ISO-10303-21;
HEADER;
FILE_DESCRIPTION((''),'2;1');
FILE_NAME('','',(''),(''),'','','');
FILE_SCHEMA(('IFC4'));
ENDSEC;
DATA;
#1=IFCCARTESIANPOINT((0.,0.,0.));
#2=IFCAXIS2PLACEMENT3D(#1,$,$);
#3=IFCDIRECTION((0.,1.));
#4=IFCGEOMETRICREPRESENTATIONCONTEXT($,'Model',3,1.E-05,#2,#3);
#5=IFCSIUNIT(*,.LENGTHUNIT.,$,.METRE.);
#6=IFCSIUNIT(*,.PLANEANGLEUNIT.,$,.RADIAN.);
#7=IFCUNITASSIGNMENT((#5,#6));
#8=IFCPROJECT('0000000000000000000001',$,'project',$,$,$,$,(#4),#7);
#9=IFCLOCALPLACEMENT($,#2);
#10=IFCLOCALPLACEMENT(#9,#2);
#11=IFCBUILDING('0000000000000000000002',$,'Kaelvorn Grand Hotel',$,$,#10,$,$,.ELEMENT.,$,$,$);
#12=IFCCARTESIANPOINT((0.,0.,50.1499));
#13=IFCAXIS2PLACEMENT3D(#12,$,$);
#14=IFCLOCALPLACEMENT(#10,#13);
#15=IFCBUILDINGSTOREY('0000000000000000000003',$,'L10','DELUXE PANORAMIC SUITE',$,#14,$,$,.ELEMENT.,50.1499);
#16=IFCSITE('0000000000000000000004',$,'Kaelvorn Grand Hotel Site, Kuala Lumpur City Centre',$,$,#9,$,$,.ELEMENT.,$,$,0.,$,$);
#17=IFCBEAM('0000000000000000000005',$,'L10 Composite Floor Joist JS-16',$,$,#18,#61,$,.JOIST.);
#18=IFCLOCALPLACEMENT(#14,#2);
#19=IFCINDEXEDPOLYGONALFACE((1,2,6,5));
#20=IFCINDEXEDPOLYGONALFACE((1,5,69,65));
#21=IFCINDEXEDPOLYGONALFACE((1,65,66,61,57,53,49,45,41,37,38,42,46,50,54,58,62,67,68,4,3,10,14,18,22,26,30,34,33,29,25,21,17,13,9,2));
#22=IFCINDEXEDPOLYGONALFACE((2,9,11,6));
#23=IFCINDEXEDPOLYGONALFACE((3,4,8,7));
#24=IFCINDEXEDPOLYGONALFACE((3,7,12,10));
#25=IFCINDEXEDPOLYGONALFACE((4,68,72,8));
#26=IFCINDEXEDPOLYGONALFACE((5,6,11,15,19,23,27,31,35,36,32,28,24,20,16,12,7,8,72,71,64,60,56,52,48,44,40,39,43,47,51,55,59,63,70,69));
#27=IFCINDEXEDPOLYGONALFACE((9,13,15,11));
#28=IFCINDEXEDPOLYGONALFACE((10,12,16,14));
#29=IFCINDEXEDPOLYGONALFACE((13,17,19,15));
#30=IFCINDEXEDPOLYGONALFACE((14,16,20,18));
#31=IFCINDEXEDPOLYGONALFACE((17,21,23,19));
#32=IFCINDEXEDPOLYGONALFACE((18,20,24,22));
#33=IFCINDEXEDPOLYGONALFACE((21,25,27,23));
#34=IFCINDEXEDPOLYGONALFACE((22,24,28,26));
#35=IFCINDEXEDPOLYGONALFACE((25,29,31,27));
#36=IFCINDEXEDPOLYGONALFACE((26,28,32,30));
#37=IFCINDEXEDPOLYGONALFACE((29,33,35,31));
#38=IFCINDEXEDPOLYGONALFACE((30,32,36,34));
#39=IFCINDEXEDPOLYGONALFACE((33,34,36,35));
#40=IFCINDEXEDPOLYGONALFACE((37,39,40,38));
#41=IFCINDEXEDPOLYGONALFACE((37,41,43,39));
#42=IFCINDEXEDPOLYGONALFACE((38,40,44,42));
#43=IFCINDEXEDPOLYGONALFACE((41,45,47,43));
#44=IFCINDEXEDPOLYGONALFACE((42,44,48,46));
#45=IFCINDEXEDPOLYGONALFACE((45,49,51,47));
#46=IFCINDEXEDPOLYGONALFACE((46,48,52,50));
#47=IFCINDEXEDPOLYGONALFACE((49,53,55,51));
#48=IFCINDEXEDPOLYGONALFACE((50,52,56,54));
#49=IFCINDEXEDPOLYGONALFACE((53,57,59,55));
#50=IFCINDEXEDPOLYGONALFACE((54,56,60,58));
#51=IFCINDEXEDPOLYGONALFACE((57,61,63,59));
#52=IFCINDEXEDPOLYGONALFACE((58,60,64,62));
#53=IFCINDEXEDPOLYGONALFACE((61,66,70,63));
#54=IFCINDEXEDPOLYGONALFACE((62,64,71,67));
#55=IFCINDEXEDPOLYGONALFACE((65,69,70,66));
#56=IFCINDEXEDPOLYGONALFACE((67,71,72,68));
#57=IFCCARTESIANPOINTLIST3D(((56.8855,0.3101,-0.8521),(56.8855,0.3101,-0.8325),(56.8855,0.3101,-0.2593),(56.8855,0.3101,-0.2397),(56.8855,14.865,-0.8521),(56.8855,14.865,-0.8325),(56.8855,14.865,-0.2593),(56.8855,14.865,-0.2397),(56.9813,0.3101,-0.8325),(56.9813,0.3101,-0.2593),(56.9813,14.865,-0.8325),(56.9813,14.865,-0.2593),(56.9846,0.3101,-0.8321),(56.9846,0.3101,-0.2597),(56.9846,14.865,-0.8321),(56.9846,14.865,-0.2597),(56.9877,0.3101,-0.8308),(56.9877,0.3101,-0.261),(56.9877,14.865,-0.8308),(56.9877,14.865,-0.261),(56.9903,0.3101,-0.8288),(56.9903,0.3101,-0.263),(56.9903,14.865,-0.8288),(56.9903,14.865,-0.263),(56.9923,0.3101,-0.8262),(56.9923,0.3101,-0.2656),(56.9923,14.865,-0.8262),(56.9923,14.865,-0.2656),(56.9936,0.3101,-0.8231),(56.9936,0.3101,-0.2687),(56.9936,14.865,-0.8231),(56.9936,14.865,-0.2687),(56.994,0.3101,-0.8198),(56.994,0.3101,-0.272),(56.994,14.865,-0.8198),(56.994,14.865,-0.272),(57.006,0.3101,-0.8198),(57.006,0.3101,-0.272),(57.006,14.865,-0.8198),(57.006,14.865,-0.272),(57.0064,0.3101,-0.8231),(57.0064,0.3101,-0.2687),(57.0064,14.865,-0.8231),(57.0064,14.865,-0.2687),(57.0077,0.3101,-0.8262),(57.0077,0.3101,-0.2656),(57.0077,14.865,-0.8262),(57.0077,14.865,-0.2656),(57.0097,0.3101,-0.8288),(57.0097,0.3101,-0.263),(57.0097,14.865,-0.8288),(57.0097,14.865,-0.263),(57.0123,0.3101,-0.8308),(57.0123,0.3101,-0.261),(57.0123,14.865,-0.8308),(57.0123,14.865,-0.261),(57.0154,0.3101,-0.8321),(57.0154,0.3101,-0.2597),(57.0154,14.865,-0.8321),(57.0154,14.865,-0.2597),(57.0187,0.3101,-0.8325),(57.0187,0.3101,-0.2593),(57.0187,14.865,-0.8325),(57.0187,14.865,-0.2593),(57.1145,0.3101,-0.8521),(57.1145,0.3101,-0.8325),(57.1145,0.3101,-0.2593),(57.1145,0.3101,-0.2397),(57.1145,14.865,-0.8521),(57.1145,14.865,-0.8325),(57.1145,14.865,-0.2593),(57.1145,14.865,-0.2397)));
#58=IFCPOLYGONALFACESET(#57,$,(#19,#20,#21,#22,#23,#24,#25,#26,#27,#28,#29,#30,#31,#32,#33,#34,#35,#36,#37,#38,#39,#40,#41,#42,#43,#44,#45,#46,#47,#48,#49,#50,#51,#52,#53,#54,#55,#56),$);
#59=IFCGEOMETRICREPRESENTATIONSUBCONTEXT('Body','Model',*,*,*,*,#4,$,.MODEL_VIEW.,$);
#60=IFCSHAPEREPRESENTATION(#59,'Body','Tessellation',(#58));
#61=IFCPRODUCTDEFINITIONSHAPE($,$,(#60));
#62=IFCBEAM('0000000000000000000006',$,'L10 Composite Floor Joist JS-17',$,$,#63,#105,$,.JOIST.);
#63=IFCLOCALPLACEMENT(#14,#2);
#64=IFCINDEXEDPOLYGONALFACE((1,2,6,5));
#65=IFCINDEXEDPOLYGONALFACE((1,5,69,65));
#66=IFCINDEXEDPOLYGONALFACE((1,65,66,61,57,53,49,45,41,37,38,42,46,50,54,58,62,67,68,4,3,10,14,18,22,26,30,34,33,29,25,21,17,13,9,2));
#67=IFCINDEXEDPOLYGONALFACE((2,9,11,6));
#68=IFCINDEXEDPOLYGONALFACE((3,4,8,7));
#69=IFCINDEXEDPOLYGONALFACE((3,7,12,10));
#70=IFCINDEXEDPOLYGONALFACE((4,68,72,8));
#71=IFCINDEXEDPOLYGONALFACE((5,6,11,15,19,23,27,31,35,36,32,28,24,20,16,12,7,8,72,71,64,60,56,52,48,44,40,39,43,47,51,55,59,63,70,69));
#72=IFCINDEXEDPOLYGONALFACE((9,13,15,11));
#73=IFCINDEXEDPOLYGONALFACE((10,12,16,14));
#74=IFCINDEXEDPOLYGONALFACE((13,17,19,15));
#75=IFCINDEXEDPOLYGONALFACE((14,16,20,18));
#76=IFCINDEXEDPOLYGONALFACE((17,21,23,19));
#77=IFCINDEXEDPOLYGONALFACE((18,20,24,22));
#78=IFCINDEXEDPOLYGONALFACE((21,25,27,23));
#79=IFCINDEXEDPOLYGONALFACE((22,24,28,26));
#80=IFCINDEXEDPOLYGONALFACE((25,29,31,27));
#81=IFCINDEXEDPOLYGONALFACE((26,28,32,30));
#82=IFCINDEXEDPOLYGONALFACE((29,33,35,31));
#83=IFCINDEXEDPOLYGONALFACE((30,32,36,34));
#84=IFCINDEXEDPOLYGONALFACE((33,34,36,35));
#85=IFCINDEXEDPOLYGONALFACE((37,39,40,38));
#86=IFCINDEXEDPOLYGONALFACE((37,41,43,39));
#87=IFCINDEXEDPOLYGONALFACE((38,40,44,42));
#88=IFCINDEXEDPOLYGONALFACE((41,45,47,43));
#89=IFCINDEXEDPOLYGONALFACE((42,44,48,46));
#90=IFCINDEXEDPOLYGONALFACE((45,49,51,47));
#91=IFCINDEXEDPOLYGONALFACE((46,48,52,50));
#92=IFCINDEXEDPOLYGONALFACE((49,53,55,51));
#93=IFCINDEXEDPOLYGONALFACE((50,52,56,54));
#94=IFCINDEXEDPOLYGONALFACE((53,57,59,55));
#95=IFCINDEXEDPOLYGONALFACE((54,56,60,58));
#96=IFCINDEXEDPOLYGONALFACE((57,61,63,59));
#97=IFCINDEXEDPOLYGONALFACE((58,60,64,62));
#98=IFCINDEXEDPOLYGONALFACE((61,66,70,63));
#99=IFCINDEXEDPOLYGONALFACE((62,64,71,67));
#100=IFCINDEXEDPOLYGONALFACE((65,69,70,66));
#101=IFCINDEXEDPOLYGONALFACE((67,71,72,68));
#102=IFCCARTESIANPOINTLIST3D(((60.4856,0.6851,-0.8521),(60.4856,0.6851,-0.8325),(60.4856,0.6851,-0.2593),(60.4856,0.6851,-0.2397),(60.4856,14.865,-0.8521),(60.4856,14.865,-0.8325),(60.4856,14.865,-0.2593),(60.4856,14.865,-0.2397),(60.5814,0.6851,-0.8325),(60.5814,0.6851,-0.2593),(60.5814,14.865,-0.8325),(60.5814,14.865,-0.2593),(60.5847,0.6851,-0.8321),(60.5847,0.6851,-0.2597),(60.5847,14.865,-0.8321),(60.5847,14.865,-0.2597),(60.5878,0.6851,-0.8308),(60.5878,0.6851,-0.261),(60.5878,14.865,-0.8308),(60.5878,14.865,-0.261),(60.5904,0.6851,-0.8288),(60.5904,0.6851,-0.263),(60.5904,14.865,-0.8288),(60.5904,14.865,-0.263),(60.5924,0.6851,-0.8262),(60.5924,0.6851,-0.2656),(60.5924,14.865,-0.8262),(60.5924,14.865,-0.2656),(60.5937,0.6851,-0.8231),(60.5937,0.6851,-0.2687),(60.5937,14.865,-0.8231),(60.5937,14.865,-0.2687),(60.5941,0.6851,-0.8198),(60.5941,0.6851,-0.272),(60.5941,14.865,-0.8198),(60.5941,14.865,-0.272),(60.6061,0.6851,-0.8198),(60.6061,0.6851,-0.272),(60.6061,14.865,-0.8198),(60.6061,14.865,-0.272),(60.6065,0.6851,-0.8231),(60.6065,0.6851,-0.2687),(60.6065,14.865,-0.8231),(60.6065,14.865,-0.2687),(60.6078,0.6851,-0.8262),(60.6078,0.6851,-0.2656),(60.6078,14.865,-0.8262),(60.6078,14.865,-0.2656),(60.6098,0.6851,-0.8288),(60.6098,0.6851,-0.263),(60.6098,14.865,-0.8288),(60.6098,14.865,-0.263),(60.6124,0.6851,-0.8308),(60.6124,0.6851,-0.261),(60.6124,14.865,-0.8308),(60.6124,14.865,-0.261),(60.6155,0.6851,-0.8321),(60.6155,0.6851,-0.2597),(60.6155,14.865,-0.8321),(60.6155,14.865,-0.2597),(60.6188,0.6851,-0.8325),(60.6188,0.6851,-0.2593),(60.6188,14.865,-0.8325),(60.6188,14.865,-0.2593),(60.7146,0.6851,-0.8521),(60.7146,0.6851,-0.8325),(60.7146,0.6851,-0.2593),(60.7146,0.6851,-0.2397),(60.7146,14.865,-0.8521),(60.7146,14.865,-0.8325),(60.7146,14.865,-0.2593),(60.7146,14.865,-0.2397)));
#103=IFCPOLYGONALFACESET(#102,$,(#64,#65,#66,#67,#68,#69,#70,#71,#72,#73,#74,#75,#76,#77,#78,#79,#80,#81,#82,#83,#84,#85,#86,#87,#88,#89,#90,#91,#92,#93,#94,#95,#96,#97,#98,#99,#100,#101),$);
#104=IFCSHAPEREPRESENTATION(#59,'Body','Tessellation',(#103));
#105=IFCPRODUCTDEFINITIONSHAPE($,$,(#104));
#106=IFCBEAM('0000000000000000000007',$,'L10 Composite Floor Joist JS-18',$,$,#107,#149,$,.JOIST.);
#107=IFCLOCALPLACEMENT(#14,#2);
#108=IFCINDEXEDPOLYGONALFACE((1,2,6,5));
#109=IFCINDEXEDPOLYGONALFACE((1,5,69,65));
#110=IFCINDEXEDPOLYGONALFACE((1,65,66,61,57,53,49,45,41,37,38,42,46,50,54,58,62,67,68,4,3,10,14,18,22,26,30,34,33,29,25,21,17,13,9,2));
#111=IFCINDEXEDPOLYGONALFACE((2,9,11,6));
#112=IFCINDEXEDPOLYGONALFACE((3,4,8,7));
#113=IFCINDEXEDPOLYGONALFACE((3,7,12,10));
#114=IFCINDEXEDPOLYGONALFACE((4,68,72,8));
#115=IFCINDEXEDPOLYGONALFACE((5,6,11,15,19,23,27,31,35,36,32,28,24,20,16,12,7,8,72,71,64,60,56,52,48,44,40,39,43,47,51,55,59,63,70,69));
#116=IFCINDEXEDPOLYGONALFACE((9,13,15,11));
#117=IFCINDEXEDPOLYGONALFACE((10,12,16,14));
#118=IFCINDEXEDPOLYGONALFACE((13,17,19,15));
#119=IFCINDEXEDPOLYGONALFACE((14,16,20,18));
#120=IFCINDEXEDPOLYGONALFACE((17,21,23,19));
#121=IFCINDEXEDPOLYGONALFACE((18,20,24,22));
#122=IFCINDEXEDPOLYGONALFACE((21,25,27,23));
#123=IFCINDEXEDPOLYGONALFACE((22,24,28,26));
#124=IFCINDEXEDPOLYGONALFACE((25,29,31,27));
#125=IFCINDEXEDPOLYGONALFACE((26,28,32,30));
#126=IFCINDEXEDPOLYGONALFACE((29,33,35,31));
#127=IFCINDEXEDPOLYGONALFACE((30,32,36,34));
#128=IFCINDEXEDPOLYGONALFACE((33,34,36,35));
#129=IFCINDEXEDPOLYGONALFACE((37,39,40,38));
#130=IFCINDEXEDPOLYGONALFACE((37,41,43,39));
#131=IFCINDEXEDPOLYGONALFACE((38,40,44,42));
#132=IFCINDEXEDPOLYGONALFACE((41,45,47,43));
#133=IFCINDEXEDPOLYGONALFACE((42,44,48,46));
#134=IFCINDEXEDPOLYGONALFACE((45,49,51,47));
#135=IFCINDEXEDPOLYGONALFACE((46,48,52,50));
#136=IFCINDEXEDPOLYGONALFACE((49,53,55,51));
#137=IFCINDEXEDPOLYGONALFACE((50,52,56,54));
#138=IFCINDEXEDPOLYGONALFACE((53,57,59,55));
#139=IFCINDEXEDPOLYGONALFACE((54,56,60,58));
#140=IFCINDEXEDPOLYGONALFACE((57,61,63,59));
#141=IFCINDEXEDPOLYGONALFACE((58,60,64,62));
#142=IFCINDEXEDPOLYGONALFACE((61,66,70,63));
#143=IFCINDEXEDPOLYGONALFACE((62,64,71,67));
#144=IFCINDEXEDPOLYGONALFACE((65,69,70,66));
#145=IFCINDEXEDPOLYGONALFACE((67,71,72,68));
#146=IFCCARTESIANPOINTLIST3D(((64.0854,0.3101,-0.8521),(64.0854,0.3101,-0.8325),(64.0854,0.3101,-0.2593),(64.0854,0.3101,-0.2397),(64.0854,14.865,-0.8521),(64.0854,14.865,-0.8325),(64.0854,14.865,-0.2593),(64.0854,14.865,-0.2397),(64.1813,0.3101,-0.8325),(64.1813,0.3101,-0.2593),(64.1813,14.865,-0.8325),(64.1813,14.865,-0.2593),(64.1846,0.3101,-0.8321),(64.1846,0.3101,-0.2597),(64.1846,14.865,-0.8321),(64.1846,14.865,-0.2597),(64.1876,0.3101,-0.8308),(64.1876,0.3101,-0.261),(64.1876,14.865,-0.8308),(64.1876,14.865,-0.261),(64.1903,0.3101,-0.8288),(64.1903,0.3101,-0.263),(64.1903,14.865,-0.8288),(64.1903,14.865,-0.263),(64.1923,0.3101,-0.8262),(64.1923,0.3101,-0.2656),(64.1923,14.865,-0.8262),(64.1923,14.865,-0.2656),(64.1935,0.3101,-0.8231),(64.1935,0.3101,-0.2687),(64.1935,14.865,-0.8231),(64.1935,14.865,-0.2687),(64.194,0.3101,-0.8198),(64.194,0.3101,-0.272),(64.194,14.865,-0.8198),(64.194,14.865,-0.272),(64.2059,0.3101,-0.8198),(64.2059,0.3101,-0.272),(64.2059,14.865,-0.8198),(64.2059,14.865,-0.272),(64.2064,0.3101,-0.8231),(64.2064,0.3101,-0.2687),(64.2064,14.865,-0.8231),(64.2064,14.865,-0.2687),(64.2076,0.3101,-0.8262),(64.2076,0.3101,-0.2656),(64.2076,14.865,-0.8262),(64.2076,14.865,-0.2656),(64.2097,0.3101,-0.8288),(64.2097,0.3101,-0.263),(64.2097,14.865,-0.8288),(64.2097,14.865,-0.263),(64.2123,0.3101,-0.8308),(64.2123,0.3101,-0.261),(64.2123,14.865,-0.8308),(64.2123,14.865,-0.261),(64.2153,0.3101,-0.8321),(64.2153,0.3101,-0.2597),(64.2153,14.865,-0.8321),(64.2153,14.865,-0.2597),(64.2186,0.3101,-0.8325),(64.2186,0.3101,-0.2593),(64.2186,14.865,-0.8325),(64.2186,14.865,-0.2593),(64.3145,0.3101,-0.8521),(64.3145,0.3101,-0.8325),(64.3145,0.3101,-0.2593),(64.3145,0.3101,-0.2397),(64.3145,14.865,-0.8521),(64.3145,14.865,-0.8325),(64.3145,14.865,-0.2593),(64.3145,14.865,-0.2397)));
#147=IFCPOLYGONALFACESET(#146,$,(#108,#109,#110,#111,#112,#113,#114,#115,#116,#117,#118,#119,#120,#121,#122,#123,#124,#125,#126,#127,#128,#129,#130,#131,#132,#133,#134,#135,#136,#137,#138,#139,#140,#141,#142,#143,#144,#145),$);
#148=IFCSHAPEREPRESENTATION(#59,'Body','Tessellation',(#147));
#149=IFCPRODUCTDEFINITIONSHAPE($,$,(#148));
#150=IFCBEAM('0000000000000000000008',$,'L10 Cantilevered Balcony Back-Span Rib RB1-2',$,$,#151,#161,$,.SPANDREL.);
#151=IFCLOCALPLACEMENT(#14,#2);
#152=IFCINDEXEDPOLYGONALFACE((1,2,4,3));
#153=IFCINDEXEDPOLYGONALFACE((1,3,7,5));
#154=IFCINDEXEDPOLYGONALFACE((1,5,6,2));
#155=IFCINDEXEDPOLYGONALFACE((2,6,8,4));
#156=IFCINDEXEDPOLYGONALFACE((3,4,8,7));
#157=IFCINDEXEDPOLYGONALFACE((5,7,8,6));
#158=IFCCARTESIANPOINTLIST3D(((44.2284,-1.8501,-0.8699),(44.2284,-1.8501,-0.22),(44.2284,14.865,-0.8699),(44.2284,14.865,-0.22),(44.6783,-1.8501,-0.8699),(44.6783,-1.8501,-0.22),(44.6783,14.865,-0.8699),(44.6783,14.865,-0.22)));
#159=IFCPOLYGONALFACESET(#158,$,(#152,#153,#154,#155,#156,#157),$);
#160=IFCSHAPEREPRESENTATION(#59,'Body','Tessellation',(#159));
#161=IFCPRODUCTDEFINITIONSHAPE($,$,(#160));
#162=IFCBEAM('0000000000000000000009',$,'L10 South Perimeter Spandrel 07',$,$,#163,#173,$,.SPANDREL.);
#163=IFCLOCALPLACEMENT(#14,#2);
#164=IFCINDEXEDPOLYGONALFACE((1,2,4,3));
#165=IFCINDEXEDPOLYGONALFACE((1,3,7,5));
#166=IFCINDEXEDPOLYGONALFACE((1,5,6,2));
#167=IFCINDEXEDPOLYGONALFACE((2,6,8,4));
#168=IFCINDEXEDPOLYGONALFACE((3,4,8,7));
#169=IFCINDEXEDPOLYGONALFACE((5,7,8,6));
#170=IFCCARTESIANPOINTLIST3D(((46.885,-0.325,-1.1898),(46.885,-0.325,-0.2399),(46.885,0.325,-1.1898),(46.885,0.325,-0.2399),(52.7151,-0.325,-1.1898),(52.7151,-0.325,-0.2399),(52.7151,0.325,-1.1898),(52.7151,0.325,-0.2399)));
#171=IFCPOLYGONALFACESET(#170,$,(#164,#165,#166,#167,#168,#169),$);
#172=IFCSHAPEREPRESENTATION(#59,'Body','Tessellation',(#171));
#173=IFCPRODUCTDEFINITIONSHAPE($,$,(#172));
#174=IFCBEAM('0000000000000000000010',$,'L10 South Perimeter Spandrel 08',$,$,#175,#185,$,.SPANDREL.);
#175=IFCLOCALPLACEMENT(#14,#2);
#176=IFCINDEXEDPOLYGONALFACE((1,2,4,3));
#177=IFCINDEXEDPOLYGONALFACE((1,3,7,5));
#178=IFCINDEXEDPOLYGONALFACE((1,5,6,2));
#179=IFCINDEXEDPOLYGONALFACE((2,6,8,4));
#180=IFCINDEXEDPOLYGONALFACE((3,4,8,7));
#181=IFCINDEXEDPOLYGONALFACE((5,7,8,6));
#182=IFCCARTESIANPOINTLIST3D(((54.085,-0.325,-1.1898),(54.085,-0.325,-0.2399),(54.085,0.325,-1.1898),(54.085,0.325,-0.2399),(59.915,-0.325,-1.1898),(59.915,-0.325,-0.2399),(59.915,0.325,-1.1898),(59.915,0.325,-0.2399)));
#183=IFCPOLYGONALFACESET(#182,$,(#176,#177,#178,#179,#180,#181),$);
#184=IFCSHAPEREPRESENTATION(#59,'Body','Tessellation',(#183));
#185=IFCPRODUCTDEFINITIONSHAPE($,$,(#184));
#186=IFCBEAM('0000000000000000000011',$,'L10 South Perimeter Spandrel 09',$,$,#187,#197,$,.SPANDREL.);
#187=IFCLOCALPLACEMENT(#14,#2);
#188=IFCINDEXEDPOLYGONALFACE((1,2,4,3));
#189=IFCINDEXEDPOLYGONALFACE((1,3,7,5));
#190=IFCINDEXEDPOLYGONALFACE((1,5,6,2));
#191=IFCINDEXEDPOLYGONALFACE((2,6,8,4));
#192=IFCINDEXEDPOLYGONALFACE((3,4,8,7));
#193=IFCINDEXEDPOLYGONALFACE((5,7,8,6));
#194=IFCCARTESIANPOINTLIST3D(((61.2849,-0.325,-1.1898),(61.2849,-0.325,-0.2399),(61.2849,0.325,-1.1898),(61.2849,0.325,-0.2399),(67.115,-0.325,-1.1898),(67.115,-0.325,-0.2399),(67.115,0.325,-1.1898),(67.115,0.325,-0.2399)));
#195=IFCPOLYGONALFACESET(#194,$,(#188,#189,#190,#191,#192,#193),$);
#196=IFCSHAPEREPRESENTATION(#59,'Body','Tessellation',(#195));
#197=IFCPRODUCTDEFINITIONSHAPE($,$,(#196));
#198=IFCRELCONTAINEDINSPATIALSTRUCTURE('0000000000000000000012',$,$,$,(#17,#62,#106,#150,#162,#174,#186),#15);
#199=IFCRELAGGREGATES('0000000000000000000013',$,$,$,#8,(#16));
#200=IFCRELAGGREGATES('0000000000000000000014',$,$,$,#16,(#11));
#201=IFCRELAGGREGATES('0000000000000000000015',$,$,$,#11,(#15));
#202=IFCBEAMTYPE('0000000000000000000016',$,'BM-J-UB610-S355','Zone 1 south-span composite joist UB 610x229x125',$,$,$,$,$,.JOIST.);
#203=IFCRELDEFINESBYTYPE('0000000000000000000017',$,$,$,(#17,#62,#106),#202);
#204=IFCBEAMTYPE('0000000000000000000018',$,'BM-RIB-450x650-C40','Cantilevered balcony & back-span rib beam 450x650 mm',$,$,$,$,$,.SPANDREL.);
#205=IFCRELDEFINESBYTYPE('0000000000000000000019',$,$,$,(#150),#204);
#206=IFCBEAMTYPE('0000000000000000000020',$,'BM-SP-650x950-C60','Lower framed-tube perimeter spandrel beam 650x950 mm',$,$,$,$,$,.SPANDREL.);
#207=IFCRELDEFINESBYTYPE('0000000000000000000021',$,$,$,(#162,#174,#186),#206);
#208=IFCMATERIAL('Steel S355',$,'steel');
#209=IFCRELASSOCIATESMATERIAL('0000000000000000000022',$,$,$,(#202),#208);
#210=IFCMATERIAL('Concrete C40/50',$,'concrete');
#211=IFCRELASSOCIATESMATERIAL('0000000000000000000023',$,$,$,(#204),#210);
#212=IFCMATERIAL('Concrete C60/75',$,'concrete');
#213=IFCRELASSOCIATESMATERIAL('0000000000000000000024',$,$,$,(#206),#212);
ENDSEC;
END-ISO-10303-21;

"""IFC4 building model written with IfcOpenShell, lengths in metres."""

from ifc_helpers import new_model, si_unit, direction, frame, origin, origin_2d, place, context, subcontext, project, spatial, rectangle, i_section, extrude, material, material_profile, profile_set, type_object, element, save


model = new_model("IFC4")

# Units and contexts
model_context = context("Model", 3, precision=1e-05, world=origin(), true_north=direction((0.0, 1.0)))
body_context = subcontext(model_context, "Body", "Model", "MODEL_VIEW")
ifc_project = project(units=[si_unit("LENGTHUNIT", "METRE"), si_unit("PLANEANGLEUNIT", "RADIAN")], contexts=[model_context])

# Site, building, storey
site_placement = place(None, origin())
site = spatial("IfcSite", under=ifc_project, at=site_placement, Name="Kaelvorn Grand Hotel Site, Kuala Lumpur City Centre", CompositionType="ELEMENT", RefElevation=0.0)
building_placement = place(site_placement, origin())
building = spatial("IfcBuilding", under=site, at=building_placement, Name="Kaelvorn Grand Hotel", CompositionType="ELEMENT")
storey_placement = place(building_placement, frame((0.0, 0.0, 50.1499)))
storey = spatial("IfcBuildingStorey", under=building, at=storey_placement, Name="L10", Description="DELUXE PANORAMIC SUITE", CompositionType="ELEMENT", Elevation=50.1499)

# Beams
ifc_material_1 = material(Name="Steel S355", Category="steel")
ifc_material_profile_1 = material_profile(ifc_material_1, i_section(OverallWidth=0.229, OverallDepth=0.6123, WebThickness=0.012, FlangeThickness=0.0195, FilletRadius=0.0127, at=origin_2d()), Name="UB 610x229x125")
ifc_profile_set_1 = profile_set([ifc_material_profile_1], Name="Steel S355")
beam_type_1 = type_object("IfcBeamType", Name="BM-J-UB610-S355", Description="Zone 1 south-span composite joist UB 610x229x125", PredefinedType="JOIST", material=ifc_profile_set_1)
beam_1_placement = place(storey_placement, frame((57.0, 0.3101, -0.5459), z_axis=(0.0, 1.0, 0.0), x_axis=(-1.0, 0.0, 0.0)))
element("IfcBeam", 1, at=beam_1_placement, inside=storey, type_object=beam_type_1, Name="L10 Composite Floor Joist JS-16", PredefinedType="JOIST", context=body_context, shape_type="SweptSolid", body=[
    extrude(i_section(OverallWidth=0.229, OverallDepth=0.6123, WebThickness=0.012, FlangeThickness=0.0195, FilletRadius=0.0127, at=origin_2d()), origin(), (0.0, 0.0, 1.0), 14.5549),
])
beam_2_placement = place(storey_placement, frame((60.6001, 0.6851, -0.5459), z_axis=(0.0, 1.0, 0.0), x_axis=(-1.0, 0.0, 0.0)))
element("IfcBeam", 2, at=beam_2_placement, inside=storey, type_object=beam_type_1, Name="L10 Composite Floor Joist JS-17", PredefinedType="JOIST", context=body_context, shape_type="SweptSolid", body=[
    extrude(i_section(OverallWidth=0.229, OverallDepth=0.6123, WebThickness=0.012, FlangeThickness=0.0195, FilletRadius=0.0127, at=origin_2d()), origin(), (0.0, 0.0, 1.0), 14.1799),
])
beam_3_placement = place(storey_placement, frame((64.2, 0.3101, -0.5459), z_axis=(0.0, 1.0, 0.0), x_axis=(-1.0, 0.0, 0.0)))
element("IfcBeam", 3, at=beam_3_placement, inside=storey, type_object=beam_type_1, Name="L10 Composite Floor Joist JS-18", PredefinedType="JOIST", context=body_context, shape_type="SweptSolid", body=[
    extrude(i_section(OverallWidth=0.229, OverallDepth=0.6123, WebThickness=0.012, FlangeThickness=0.0195, FilletRadius=0.0127, at=origin_2d()), origin(), (0.0, 0.0, 1.0), 14.5549),
])
ifc_material_2 = material(Name="Concrete C40/50", Category="concrete")
ifc_material_profile_2 = material_profile(ifc_material_2, rectangle(XDim=0.45, YDim=0.6499, at=origin_2d()), Name="RC RIB 450x650")
ifc_profile_set_2 = profile_set([ifc_material_profile_2], Name="Concrete C40/50")
beam_type_2 = type_object("IfcBeamType", Name="BM-RIB-450x650-C40", Description="Cantilevered balcony & back-span rib beam 450x650 mm", PredefinedType="SPANDREL", material=ifc_profile_set_2)
beam_4_placement = place(storey_placement, frame((44.4534, -1.8501, -0.5449), z_axis=(0.0, 1.0, 0.0), x_axis=(-1.0, 0.0, 0.0)))
element("IfcBeam", 4, at=beam_4_placement, inside=storey, type_object=beam_type_2, Name="L10 Cantilevered Balcony Back-Span Rib RB1-2", PredefinedType="SPANDREL", context=body_context, shape_type="SweptSolid", body=[
    extrude(rectangle(XDim=0.45, YDim=0.6499, at=origin_2d()), origin(), (0.0, 0.0, 1.0), 16.7151),
])
ifc_material_3 = material(Name="Concrete C60/75", Category="concrete")
ifc_material_profile_3 = material_profile(ifc_material_3, rectangle(XDim=0.6499, YDim=0.95, at=origin_2d()), Name="RC SPANDREL 650x950")
ifc_profile_set_3 = profile_set([ifc_material_profile_3], Name="Concrete C60/75")
beam_type_3 = type_object("IfcBeamType", Name="BM-SP-650x950-C60", Description="Lower framed-tube perimeter spandrel beam 650x950 mm", PredefinedType="SPANDREL", material=ifc_profile_set_3)
for number, where, z_axis, x_axis, name in (
    (5, (46.885, 0.0, -0.7148), (1.0, 0.0, 0.0), (0.0, 1.0, 0.0), "L10 South Perimeter Spandrel 07"),
    (6, (54.085, 0.0, -0.7148), (1.0, 0.0, 0.0), (0.0, 1.0, 0.0), "L10 South Perimeter Spandrel 08"),
    (7, (61.2849, 0.0, -0.7148), (1.0, 0.0, 0.0), (0.0, 1.0, 0.0), "L10 South Perimeter Spandrel 09"),
):
    element("IfcBeam", number, at=place(storey_placement, frame(where, z_axis=z_axis, x_axis=x_axis)), inside=storey, type_object=beam_type_3, Name=name, PredefinedType="SPANDREL", context=body_context, shape_type="SweptSolid", body=[
        extrude(rectangle(XDim=0.6499, YDim=0.95, at=origin_2d()), origin(), (0.0, 0.0, 1.0), 5.8301),
    ])

save(model, "model.ifc")
